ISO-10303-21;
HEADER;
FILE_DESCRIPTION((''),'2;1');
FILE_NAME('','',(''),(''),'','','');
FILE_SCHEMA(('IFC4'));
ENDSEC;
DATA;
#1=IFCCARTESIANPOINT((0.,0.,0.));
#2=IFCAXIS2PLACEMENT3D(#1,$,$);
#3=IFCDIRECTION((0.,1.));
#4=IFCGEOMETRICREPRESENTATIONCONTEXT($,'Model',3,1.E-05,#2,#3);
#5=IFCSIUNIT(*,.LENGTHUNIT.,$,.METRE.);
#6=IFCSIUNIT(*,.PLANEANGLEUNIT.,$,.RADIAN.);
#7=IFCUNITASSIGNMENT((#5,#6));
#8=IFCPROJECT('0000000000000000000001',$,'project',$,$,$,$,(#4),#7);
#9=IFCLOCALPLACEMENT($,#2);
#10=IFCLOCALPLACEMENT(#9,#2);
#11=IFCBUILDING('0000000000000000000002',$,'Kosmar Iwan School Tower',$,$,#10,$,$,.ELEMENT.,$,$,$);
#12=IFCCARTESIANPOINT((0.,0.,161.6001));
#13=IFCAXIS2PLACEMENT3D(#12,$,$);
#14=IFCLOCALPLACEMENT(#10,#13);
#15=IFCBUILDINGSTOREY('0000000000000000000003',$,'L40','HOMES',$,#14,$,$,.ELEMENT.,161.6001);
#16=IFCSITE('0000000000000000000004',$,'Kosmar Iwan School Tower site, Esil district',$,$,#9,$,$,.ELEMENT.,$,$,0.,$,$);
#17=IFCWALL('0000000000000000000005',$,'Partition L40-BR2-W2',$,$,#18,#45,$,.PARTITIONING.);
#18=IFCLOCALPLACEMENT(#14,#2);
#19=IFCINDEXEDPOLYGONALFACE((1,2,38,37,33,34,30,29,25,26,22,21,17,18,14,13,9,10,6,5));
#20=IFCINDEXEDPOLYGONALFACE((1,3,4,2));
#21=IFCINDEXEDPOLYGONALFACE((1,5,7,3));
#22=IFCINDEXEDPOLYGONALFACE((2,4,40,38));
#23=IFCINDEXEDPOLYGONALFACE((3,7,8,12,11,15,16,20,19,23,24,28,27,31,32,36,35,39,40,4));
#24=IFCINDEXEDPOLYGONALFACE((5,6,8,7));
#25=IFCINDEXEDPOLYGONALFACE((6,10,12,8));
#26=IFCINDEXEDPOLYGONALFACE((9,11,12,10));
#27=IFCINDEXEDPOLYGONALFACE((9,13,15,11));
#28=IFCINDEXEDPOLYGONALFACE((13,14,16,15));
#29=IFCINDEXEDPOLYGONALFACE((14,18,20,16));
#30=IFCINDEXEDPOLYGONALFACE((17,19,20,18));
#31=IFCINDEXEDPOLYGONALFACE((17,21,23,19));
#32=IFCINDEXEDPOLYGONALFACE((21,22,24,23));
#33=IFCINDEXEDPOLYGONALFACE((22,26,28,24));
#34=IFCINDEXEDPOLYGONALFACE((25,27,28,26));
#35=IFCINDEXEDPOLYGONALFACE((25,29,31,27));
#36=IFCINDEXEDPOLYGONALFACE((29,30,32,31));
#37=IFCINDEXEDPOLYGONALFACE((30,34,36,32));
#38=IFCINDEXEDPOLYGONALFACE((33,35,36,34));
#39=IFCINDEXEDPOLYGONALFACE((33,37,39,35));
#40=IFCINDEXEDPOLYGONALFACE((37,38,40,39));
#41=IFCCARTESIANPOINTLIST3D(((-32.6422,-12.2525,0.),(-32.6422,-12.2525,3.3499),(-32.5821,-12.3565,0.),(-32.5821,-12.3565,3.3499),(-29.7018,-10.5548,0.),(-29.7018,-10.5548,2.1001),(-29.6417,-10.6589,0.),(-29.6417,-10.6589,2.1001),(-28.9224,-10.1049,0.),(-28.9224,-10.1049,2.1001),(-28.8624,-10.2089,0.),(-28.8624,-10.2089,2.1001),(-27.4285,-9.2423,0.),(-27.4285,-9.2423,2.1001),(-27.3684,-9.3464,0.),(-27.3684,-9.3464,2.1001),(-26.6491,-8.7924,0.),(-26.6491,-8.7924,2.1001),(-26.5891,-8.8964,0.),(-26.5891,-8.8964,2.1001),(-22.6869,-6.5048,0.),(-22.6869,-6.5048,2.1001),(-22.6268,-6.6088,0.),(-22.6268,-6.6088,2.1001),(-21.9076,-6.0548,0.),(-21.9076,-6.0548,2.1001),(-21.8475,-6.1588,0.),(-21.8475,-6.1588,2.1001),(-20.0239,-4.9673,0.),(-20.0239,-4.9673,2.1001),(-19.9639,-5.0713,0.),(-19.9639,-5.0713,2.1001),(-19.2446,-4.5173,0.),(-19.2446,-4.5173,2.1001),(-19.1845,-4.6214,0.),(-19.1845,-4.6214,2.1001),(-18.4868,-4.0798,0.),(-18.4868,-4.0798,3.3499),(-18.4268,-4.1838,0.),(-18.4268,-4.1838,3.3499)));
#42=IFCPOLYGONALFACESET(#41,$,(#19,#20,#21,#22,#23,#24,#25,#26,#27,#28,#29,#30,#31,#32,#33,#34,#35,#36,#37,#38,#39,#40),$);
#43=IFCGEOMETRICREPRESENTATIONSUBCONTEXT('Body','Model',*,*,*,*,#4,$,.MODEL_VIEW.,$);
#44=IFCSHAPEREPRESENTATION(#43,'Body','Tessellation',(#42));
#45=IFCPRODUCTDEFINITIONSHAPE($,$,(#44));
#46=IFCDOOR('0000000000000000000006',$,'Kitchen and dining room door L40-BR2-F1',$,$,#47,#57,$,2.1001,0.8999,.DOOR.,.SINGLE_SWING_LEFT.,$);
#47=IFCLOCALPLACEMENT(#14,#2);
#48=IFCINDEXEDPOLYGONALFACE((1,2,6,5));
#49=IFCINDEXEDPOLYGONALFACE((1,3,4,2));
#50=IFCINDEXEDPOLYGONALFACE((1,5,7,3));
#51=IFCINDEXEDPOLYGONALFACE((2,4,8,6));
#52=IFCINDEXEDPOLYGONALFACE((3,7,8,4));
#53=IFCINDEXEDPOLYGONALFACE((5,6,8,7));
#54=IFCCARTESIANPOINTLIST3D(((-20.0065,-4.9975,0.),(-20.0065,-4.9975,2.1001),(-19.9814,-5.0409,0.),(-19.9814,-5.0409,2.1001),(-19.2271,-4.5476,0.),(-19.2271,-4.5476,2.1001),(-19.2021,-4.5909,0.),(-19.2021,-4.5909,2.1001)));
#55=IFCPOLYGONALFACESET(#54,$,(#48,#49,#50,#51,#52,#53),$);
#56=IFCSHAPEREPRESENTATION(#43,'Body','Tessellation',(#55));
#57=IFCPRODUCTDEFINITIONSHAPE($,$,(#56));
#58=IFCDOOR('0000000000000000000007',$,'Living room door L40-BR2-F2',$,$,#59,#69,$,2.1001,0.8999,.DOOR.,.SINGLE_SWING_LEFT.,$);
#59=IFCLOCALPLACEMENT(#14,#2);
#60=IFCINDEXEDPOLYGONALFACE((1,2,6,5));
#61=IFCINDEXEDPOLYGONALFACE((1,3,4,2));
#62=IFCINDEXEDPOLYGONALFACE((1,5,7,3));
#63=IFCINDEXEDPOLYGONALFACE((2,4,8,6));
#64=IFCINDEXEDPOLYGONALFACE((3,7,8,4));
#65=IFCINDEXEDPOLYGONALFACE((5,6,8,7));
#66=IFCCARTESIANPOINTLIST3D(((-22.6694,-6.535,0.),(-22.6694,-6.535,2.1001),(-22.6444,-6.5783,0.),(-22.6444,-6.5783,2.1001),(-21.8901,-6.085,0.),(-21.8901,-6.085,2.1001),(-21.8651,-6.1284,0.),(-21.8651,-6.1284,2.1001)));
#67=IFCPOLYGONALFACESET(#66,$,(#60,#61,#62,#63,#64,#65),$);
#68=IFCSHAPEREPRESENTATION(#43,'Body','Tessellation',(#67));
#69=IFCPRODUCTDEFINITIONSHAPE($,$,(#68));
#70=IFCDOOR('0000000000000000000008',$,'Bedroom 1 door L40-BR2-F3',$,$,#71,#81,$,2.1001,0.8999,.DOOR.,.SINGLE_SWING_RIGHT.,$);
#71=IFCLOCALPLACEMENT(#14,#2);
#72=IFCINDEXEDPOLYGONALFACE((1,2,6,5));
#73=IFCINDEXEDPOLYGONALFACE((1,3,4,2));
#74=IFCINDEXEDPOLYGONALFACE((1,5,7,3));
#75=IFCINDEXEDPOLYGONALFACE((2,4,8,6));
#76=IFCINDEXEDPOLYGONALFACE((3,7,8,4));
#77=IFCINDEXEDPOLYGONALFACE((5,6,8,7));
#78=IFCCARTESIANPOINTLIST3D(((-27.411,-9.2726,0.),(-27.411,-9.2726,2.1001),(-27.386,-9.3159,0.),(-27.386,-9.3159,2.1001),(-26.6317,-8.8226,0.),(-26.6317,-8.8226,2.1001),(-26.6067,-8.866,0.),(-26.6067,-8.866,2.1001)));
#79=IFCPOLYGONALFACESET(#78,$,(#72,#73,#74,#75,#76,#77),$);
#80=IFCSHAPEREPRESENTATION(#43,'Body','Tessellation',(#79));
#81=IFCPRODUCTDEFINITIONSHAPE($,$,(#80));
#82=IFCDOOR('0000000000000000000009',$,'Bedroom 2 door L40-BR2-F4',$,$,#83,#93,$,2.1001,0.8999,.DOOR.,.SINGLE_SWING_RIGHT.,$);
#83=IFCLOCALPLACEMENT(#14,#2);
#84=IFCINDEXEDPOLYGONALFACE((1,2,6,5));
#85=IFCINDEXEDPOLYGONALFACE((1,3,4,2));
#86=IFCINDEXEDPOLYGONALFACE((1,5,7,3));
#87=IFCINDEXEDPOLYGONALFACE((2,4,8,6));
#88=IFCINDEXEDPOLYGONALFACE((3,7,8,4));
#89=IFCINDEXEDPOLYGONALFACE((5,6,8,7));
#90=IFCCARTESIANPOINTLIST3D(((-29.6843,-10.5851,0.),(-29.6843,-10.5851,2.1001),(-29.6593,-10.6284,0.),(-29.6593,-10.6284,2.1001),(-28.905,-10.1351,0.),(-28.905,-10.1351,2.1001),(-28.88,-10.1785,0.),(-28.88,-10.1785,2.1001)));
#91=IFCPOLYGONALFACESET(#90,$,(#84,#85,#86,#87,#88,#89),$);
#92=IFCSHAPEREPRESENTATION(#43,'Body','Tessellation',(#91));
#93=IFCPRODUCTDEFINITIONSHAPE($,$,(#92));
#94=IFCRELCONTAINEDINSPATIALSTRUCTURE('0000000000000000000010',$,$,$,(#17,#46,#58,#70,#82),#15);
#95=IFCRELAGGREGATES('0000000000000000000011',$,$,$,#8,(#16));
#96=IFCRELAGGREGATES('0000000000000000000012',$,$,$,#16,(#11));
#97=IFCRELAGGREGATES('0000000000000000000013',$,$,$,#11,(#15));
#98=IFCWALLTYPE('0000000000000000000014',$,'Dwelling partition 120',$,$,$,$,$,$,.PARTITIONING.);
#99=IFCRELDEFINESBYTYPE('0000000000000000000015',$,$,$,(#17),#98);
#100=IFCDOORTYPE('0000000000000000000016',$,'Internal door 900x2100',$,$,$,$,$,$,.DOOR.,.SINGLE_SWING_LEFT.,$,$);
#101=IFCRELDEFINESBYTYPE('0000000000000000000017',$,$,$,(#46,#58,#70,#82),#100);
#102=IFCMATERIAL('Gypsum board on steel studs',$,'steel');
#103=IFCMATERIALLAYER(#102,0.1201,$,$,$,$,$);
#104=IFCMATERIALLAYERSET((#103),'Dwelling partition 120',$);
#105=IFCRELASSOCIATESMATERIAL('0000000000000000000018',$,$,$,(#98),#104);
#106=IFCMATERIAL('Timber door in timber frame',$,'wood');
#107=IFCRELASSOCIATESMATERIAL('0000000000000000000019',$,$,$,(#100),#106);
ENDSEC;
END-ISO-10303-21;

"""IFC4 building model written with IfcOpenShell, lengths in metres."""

from ifc_helpers import new_model, si_unit, direction, frame, frame_2d, origin, place, context, subcontext, project, spatial, rectangle, extrude, material, layer, layer_set, type_object, element, fill, save


model = new_model("IFC4")

# Units and contexts
model_context = context("Model", 3, precision=1e-05, world=origin(), true_north=direction((0.0, 1.0)))
body_context = subcontext(model_context, "Body", "Model", "MODEL_VIEW")
ifc_project = project(units=[si_unit("LENGTHUNIT", "METRE"), si_unit("PLANEANGLEUNIT", "RADIAN")], contexts=[model_context])

# Site, building, storey
site_placement = place(None, origin())
site = spatial("IfcSite", under=ifc_project, at=site_placement, Name="Kosmar Iwan School Tower site, Esil district", CompositionType="ELEMENT", RefElevation=0.0)
building_placement = place(site_placement, origin())
building = spatial("IfcBuilding", under=site, at=building_placement, Name="Kosmar Iwan School Tower", CompositionType="ELEMENT")
storey_placement = place(building_placement, frame((0.0, 0.0, 161.6001)))
storey = spatial("IfcBuildingStorey", under=building, at=storey_placement, Name="L40", Description="HOMES", CompositionType="ELEMENT", Elevation=161.6001)

# Shared definitions
ifc_material_1 = material(Name="Gypsum board on steel studs", Category="steel")
ifc_layer = layer(ifc_material_1, 0.1201)
ifc_layer_set = layer_set([ifc_layer], Name="Dwelling partition 120")
wall_type = type_object("IfcWallType", Name="Dwelling partition 120", PredefinedType="PARTITIONING", material=ifc_layer_set)

# Wall, openings, doors
ifc_material_2 = material(Name="Timber door in timber frame", Category="wood")
door_type_1 = type_object("IfcDoorType", Name="Internal door 900x2100", OperationType="SINGLE_SWING_LEFT", PredefinedType="DOOR", material=ifc_material_2)
wall_1_placement = place(storey_placement, frame((-18.4568, -4.1318, 0.0), z_axis=(0.0, 0.0, 1.0), x_axis=(-0.866024, -0.500003, 0.0)))
wall_1 = element("IfcWall", 1, at=wall_1_placement, inside=storey, type_object=wall_type, Name="Partition L40-BR2-W2", PredefinedType="PARTITIONING", context=body_context, shape_type="SweptSolid", body=[
    extrude(rectangle(XDim=16.3452, YDim=0.1201, at=frame_2d((8.1726, 0.0))), origin(), (0.0, 0.0, 1.0), 3.3499),
])
opening_1_placement = place(wall_1_placement, frame((0.875, 0.0, 0.0)))
opening_1 = element("IfcOpeningElement", 2, at=opening_1_placement, cuts=wall_1, PredefinedType="OPENING", context=body_context, shape_type="SweptSolid", body=[
    extrude(rectangle(XDim=0.8999, YDim=2.1001, at=frame_2d((0.45, 1.05))), frame((0.0, 0.072, 0.0), z_axis=(0.0, -1.0, 0.0), x_axis=(1.0, 0.0, 0.0)), (0.0, 0.0, 1.0), 0.144),
])
opening_2_placement = place(wall_1_placement, frame((3.95, 0.0, 0.0)))
opening_2 = element("IfcOpeningElement", 3, at=opening_2_placement, cuts=wall_1, PredefinedType="OPENING", context=body_context, shape_type="SweptSolid", body=[
    extrude(rectangle(XDim=0.8999, YDim=2.1001, at=frame_2d((0.45, 1.05))), frame((0.0, 0.072, 0.0), z_axis=(0.0, -1.0, 0.0), x_axis=(1.0, 0.0, 0.0)), (0.0, 0.0, 1.0), 0.144),
])
opening_3_placement = place(wall_1_placement, frame((9.425, 0.0, 0.0)))
opening_3 = element("IfcOpeningElement", 4, at=opening_3_placement, cuts=wall_1, PredefinedType="OPENING", context=body_context, shape_type="SweptSolid", body=[
    extrude(rectangle(XDim=0.8999, YDim=2.1001, at=frame_2d((0.45, 1.05))), frame((0.0, 0.072, 0.0), z_axis=(0.0, -1.0, 0.0), x_axis=(1.0, 0.0, 0.0)), (0.0, 0.0, 1.0), 0.144),
])
opening_4_placement = place(wall_1_placement, frame((12.05, 0.0, 0.0)))
opening_4 = element("IfcOpeningElement", 5, at=opening_4_placement, cuts=wall_1, PredefinedType="OPENING", context=body_context, shape_type="SweptSolid", body=[
    extrude(rectangle(XDim=0.8999, YDim=2.1001, at=frame_2d((0.45, 1.05))), frame((0.0, 0.072, 0.0), z_axis=(0.0, -1.0, 0.0), x_axis=(1.0, 0.0, 0.0)), (0.0, 0.0, 1.0), 0.144),
])
door_1_placement = place(opening_1_placement, origin())
door_1 = element("IfcDoor", 6, at=door_1_placement, inside=storey, type_object=door_type_1, Name="Kitchen and dining room door L40-BR2-F1", OperationType="SINGLE_SWING_LEFT", OverallHeight=2.1001, OverallWidth=0.8999, PredefinedType="DOOR", context=body_context, shape_type="SweptSolid", body=[
    extrude(rectangle(XDim=0.8999, YDim=2.1001, at=frame_2d((0.45, 1.05))), frame((0.0, 0.0249, 0.0), z_axis=(0.0, -1.0, 0.0), x_axis=(1.0, 0.0, 0.0)), (0.0, 0.0, 1.0), 0.05),
])
fill(opening_1, door_1)
door_2_placement = place(opening_2_placement, origin())
door_2 = element("IfcDoor", 7, at=door_2_placement, inside=storey, type_object=door_type_1, Name="Living room door L40-BR2-F2", OperationType="SINGLE_SWING_LEFT", OverallHeight=2.1001, OverallWidth=0.8999, PredefinedType="DOOR", context=body_context, shape_type="SweptSolid", body=[
    extrude(rectangle(XDim=0.8999, YDim=2.1001, at=frame_2d((0.45, 1.05))), frame((0.0, 0.0249, 0.0), z_axis=(0.0, -1.0, 0.0), x_axis=(1.0, 0.0, 0.0)), (0.0, 0.0, 1.0), 0.05),
])
fill(opening_2, door_2)
door_3_placement = place(opening_3_placement, origin())
door_3 = element("IfcDoor", 8, at=door_3_placement, inside=storey, type_object=door_type_1, Name="Bedroom 1 door L40-BR2-F3", OperationType="SINGLE_SWING_RIGHT", OverallHeight=2.1001, OverallWidth=0.8999, PredefinedType="DOOR", context=body_context, shape_type="SweptSolid", body=[
    extrude(rectangle(XDim=0.8999, YDim=2.1001, at=frame_2d((0.45, 1.05))), frame((0.0, 0.0249, 0.0), z_axis=(0.0, -1.0, 0.0), x_axis=(1.0, 0.0, 0.0)), (0.0, 0.0, 1.0), 0.05),
])
fill(opening_3, door_3)
door_4_placement = place(opening_4_placement, origin())
door_4 = element("IfcDoor", 9, at=door_4_placement, inside=storey, type_object=door_type_1, Name="Bedroom 2 door L40-BR2-F4", OperationType="SINGLE_SWING_RIGHT", OverallHeight=2.1001, OverallWidth=0.8999, PredefinedType="DOOR", context=body_context, shape_type="SweptSolid", body=[
    extrude(rectangle(XDim=0.8999, YDim=2.1001, at=frame_2d((0.45, 1.05))), frame((0.0, 0.0249, 0.0), z_axis=(0.0, -1.0, 0.0), x_axis=(1.0, 0.0, 0.0)), (0.0, 0.0, 1.0), 0.05),
])
fill(opening_4, door_4)

save(model, "model.ifc")
